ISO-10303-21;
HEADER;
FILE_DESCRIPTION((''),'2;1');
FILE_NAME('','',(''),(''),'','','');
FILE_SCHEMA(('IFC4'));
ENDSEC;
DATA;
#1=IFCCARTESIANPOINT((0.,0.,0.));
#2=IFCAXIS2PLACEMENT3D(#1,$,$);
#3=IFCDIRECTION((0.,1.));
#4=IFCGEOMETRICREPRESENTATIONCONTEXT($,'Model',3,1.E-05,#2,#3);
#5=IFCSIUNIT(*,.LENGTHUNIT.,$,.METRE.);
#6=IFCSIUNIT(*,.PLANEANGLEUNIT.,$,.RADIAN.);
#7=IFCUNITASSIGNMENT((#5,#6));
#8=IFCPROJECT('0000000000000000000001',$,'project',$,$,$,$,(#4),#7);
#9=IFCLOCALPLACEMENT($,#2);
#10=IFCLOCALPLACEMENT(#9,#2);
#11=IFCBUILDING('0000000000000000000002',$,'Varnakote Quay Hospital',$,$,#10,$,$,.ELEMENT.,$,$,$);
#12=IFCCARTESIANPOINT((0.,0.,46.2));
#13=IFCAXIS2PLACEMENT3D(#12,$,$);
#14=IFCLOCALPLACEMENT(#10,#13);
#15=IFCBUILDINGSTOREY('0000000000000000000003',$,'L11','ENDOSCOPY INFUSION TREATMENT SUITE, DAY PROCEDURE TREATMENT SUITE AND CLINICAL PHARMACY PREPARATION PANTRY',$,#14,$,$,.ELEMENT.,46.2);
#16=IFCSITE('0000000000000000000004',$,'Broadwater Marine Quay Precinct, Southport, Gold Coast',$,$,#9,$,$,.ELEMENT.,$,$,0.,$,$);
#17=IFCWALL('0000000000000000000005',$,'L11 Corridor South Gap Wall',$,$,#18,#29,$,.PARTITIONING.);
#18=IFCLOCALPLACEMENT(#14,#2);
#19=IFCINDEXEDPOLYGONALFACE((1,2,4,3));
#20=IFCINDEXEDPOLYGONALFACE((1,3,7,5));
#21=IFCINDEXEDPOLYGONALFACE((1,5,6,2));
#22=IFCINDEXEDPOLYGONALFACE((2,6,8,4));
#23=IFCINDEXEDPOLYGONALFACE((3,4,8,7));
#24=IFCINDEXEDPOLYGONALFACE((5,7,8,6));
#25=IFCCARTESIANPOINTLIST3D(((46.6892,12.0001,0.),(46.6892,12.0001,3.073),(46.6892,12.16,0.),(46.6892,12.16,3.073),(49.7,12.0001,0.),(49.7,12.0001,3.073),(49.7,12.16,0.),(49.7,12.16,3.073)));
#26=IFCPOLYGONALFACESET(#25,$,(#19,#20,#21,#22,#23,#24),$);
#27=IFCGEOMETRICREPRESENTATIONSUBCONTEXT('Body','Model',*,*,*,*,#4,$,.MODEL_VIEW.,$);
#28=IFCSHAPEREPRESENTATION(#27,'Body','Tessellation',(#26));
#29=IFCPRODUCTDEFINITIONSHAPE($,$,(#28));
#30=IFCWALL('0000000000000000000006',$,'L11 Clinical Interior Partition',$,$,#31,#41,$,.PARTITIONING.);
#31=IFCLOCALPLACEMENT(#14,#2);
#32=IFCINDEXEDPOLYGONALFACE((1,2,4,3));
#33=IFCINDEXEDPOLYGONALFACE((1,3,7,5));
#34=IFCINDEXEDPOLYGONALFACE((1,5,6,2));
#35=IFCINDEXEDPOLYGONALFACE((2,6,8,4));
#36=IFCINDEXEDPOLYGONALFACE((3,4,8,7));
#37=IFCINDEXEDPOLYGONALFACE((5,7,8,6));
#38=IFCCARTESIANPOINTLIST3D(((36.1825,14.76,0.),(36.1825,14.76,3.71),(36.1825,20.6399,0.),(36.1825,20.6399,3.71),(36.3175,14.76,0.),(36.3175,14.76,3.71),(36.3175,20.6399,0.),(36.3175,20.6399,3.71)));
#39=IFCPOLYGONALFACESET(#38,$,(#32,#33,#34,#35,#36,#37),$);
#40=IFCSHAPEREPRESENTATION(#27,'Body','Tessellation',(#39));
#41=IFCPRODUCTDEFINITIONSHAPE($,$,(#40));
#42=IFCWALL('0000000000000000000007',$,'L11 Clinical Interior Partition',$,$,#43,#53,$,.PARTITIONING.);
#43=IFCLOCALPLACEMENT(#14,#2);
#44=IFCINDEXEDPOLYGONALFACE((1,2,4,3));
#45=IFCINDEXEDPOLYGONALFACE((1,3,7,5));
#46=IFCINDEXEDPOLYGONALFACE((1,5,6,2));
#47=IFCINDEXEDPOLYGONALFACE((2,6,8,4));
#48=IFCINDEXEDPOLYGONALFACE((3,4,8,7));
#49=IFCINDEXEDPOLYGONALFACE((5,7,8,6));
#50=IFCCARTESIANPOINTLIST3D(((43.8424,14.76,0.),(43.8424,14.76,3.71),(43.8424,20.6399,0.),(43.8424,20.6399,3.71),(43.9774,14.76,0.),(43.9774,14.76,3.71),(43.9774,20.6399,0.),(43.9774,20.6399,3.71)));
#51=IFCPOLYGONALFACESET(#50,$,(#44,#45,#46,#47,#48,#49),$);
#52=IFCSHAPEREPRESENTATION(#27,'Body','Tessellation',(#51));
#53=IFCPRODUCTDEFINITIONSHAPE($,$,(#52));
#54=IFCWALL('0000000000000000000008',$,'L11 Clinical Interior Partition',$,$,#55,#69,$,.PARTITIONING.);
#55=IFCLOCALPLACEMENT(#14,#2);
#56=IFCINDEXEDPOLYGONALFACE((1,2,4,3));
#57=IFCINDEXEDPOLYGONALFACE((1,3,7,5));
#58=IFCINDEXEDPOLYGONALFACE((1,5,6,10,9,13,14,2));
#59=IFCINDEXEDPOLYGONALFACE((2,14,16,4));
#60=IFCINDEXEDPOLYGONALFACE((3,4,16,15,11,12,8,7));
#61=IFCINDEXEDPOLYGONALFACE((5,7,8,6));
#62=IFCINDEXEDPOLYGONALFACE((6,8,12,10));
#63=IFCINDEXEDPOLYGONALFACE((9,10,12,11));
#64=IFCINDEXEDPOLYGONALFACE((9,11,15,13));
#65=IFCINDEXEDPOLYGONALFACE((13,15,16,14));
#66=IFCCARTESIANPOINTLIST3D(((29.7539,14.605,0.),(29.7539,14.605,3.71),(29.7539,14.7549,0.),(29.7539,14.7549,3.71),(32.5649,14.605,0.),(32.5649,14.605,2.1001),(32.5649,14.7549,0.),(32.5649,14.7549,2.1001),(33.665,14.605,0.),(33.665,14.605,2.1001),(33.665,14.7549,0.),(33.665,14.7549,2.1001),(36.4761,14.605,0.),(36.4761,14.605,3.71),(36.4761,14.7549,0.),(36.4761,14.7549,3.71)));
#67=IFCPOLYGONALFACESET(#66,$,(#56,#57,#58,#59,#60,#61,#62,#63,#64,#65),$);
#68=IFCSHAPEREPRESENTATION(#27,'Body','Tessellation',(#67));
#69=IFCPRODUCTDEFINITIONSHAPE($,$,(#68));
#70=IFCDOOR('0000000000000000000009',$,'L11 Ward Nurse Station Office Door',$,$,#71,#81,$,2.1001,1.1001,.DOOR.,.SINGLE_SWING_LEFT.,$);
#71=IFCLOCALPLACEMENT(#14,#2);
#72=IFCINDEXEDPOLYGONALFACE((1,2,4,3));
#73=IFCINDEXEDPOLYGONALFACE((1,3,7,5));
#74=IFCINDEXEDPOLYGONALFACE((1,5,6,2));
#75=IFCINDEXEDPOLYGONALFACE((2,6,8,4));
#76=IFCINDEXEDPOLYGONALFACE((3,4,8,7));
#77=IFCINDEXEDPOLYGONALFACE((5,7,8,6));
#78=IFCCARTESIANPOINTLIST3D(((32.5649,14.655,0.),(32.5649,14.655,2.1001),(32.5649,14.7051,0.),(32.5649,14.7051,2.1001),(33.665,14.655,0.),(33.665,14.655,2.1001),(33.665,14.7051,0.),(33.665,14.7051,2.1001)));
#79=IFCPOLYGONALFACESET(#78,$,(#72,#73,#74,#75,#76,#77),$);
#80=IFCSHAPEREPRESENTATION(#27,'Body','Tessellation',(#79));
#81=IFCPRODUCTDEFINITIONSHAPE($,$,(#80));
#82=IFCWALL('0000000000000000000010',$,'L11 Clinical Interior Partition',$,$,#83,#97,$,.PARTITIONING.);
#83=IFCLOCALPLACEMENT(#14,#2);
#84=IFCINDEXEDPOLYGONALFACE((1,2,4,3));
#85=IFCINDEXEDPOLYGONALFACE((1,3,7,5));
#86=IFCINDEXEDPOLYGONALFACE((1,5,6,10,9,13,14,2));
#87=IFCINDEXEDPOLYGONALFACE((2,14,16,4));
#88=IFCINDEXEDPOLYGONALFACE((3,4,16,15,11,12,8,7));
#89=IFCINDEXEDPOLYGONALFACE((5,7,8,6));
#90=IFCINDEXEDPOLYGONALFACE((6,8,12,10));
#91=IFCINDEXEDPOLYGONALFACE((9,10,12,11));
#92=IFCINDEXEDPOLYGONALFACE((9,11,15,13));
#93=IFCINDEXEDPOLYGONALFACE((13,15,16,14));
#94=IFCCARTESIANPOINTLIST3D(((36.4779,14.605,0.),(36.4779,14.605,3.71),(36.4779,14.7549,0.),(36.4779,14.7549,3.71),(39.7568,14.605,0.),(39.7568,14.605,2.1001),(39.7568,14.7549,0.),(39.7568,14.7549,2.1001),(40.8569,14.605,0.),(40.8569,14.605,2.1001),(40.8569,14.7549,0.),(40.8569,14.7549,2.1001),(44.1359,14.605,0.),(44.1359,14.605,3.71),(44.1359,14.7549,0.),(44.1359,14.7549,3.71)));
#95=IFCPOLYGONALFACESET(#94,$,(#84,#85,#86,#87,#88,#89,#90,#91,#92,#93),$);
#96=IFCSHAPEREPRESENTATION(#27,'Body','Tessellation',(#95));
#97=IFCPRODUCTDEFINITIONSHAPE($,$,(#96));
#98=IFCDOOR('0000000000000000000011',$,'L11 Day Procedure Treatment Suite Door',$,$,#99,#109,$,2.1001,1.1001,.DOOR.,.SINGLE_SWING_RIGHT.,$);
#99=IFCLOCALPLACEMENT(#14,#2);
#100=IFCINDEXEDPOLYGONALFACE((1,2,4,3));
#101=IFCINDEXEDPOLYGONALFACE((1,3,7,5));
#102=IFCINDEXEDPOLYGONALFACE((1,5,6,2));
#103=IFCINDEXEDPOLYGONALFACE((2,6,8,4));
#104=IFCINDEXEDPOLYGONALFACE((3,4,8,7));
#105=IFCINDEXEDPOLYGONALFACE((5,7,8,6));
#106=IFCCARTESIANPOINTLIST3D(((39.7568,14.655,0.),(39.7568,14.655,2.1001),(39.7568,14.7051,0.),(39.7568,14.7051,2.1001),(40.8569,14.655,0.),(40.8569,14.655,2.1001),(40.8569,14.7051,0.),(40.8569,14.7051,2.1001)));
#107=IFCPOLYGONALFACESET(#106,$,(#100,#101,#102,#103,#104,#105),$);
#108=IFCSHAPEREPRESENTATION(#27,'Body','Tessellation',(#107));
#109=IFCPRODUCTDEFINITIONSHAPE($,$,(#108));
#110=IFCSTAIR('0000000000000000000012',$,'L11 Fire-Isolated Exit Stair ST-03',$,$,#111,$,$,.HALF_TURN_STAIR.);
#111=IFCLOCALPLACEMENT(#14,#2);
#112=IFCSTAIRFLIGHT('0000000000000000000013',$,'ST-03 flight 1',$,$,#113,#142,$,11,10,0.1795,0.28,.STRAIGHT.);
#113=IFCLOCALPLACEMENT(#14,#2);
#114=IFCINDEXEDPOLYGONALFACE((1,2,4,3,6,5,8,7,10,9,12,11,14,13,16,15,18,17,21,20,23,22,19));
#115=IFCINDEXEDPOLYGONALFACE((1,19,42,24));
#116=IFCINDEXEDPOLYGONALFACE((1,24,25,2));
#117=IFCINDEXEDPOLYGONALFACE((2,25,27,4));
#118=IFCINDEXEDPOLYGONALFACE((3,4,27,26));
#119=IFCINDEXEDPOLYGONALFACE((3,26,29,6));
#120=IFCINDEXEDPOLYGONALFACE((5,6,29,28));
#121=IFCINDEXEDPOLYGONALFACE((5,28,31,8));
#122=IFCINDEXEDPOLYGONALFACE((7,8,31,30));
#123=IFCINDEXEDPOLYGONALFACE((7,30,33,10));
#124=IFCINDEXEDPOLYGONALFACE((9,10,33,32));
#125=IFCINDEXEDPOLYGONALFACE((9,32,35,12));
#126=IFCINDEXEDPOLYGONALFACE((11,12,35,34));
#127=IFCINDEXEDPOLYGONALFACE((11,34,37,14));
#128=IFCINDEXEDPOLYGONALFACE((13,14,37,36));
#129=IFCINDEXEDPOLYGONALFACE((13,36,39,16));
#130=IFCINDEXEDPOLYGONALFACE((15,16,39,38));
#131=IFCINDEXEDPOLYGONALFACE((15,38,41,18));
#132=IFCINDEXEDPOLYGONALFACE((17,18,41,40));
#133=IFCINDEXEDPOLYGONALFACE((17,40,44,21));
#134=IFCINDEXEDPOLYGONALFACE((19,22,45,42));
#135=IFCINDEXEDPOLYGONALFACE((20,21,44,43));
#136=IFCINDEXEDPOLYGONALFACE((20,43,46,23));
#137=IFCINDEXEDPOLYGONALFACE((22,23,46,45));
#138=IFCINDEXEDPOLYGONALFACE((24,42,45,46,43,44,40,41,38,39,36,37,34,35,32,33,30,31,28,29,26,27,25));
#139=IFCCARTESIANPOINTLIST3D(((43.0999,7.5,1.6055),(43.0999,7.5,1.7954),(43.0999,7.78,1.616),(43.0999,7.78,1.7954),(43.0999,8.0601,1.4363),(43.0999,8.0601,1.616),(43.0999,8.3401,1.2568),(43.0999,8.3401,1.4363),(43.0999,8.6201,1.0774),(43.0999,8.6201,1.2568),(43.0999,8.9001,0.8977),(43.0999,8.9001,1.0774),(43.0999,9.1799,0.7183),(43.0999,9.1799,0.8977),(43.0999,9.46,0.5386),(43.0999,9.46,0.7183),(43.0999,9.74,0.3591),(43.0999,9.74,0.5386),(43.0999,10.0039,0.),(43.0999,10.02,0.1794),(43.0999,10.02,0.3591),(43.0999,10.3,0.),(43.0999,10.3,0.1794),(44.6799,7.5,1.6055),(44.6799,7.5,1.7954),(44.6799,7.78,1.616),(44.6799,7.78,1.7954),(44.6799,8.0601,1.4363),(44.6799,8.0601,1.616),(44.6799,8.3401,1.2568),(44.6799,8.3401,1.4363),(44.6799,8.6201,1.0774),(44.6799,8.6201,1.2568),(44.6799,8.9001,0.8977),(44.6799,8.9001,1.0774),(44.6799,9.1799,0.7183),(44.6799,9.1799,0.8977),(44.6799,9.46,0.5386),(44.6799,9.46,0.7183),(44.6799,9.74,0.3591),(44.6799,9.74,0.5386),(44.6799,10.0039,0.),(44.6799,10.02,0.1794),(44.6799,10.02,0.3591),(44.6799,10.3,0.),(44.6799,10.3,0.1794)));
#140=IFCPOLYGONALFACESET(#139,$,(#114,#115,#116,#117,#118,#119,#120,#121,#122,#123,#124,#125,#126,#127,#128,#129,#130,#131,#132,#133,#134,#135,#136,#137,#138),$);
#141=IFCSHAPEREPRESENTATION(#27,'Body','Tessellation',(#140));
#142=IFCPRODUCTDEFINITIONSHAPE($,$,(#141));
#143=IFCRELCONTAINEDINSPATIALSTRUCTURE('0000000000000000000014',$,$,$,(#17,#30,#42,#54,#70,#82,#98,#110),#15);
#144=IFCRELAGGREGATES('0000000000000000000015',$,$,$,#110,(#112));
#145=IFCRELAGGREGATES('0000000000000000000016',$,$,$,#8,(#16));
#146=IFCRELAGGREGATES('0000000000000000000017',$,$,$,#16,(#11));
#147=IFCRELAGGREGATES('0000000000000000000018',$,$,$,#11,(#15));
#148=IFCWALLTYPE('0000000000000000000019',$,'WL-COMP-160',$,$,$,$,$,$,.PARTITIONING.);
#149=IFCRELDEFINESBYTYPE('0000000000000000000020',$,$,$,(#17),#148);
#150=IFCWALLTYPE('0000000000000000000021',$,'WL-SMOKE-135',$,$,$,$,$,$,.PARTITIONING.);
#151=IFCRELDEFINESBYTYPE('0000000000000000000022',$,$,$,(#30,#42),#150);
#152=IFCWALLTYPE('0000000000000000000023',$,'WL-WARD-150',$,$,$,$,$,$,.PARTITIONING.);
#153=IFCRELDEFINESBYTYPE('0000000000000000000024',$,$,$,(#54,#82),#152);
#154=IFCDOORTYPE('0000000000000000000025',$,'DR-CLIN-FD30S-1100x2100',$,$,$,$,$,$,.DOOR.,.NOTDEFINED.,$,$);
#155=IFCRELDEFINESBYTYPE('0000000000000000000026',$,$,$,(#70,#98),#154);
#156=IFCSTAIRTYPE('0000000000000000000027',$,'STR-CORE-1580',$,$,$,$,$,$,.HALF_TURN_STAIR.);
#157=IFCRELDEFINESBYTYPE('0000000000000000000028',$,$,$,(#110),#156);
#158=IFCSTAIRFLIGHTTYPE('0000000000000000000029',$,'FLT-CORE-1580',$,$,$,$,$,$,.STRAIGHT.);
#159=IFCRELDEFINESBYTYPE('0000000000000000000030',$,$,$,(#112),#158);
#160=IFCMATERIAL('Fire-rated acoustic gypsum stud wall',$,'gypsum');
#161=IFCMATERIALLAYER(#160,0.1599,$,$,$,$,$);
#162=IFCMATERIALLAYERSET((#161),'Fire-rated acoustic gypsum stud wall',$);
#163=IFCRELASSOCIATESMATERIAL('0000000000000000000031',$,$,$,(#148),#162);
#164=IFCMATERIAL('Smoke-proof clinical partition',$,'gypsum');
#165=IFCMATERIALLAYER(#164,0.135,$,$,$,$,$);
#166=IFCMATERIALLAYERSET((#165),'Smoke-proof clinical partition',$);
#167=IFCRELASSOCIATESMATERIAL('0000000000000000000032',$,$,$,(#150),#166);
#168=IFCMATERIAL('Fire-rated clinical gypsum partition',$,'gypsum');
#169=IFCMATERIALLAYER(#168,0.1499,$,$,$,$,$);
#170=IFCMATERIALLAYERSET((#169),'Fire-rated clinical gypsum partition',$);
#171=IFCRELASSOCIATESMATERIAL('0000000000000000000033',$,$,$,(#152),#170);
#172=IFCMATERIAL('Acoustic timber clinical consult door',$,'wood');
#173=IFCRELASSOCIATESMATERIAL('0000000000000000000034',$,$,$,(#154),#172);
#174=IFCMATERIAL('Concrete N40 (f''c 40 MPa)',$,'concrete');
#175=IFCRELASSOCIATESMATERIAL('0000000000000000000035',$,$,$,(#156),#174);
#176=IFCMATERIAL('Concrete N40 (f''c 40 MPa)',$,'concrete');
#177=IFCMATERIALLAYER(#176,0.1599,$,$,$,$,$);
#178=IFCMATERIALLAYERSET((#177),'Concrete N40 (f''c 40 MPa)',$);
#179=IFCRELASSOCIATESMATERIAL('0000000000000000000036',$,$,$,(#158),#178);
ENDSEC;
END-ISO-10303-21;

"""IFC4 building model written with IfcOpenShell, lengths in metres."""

from ifc_helpers import new_model, si_unit, direction, frame, frame_2d, origin, place, context, subcontext, project, spatial, polyline, rectangle, outline, extrude, material, layer, layer_set, type_object, element, fill, aggregate, save


model = new_model("IFC4")

# Units and contexts
model_context = context("Model", 3, precision=1e-05, world=origin(), true_north=direction((0.0, 1.0)))
body_context = subcontext(model_context, "Body", "Model", "MODEL_VIEW")
ifc_project = project(units=[si_unit("LENGTHUNIT", "METRE"), si_unit("PLANEANGLEUNIT", "RADIAN")], contexts=[model_context])

# Site, building, storey
site_placement = place(None, origin())
site = spatial("IfcSite", under=ifc_project, at=site_placement, Name="Broadwater Marine Quay Precinct, Southport, Gold Coast", CompositionType="ELEMENT", RefElevation=0.0)
building_placement = place(site_placement, origin())
building = spatial("IfcBuilding", under=site, at=building_placement, Name="Varnakote Quay Hospital", CompositionType="ELEMENT")
storey_placement = place(building_placement, frame((0.0, 0.0, 46.2)))
storey = spatial("IfcBuildingStorey", under=building, at=storey_placement, Name="L11", Description="ENDOSCOPY INFUSION TREATMENT SUITE, DAY PROCEDURE TREATMENT SUITE AND CLINICAL PHARMACY PREPARATION PANTRY", CompositionType="ELEMENT", Elevation=46.2)

# Wall
ifc_material_1 = material(Name="Fire-rated acoustic gypsum stud wall", Category="gypsum")
ifc_layer_1 = layer(ifc_material_1, 0.1599)
ifc_layer_set_1 = layer_set([ifc_layer_1], Name="Fire-rated acoustic gypsum stud wall")
wall_type_1 = type_object("IfcWallType", Name="WL-COMP-160", PredefinedType="PARTITIONING", material=ifc_layer_set_1)
wall_1_placement = place(storey_placement, frame((46.6892, 12.0801, 0.0), z_axis=(0.0, 0.0, 1.0), x_axis=(1.0, 0.0, 0.0)))
element("IfcWall", 1, at=wall_1_placement, inside=storey, type_object=wall_type_1, Name="L11 Corridor South Gap Wall", PredefinedType="PARTITIONING", context=body_context, shape_type="SweptSolid", body=[
    extrude(rectangle(XDim=3.0107, YDim=0.1599, at=frame_2d((1.5054, 0.0))), origin(), (0.0, 0.0, 1.0), 3.073),
])

# Walls
ifc_material_2 = material(Name="Smoke-proof clinical partition", Category="gypsum")
ifc_layer_2 = layer(ifc_material_2, 0.135)
ifc_layer_set_2 = layer_set([ifc_layer_2], Name="Smoke-proof clinical partition")
wall_type_2 = type_object("IfcWallType", Name="WL-SMOKE-135", PredefinedType="PARTITIONING", material=ifc_layer_set_2)
for number, where, z_axis, x_axis, name in (
    (2, (36.25, 14.76, 0.0), (0.0, 0.0, 1.0), (0.0, 1.0, 0.0), "L11 Clinical Interior Partition"),
    (3, (43.9099, 14.76, 0.0), (0.0, 0.0, 1.0), (0.0, 1.0, 0.0), "L11 Clinical Interior Partition"),
):
    element("IfcWall", number, at=place(storey_placement, frame(where, z_axis=z_axis, x_axis=x_axis)), inside=storey, type_object=wall_type_2, Name=name, PredefinedType="PARTITIONING", context=body_context, shape_type="SweptSolid", body=[
        extrude(rectangle(XDim=5.8799, YDim=0.135, at=frame_2d((2.9399, 0.0))), origin(), (0.0, 0.0, 1.0), 3.71),
    ])

# Walls, openings, doors
ifc_material_3 = material(Name="Fire-rated clinical gypsum partition", Category="gypsum")
ifc_layer_3 = layer(ifc_material_3, 0.1499)
ifc_layer_set_3 = layer_set([ifc_layer_3], Name="Fire-rated clinical gypsum partition")
wall_type_3 = type_object("IfcWallType", Name="WL-WARD-150", PredefinedType="PARTITIONING", material=ifc_layer_set_3)
wall_2_placement = place(storey_placement, frame((36.4761, 14.6799, 0.0), z_axis=(0.0, 0.0, 1.0), x_axis=(-1.0, 0.0, 0.0)))
wall_2 = element("IfcWall", 4, at=wall_2_placement, inside=storey, type_object=wall_type_3, Name="L11 Clinical Interior Partition", PredefinedType="PARTITIONING", context=body_context, shape_type="SweptSolid", body=[
    extrude(rectangle(XDim=6.7222, YDim=0.1499, at=frame_2d((3.3611, 0.0))), origin(), (0.0, 0.0, 1.0), 3.71),
])
opening_1_placement = place(wall_2_placement, frame((2.811, 0.0, 0.0)))
opening_1 = element("IfcOpeningElement", 5, at=opening_1_placement, cuts=wall_2, PredefinedType="OPENING", context=body_context, shape_type="SweptSolid", body=[
    extrude(rectangle(XDim=1.1001, YDim=2.1001, at=frame_2d((0.55, 1.05))), frame((0.0, 0.085, 0.0), z_axis=(0.0, -1.0, 0.0), x_axis=(1.0, 0.0, 0.0)), (0.0, 0.0, 1.0), 0.1699),
])
ifc_material_4 = material(Name="Acoustic timber clinical consult door", Category="wood")
door_type_1 = type_object("IfcDoorType", Name="DR-CLIN-FD30S-1100x2100", OperationType="NOTDEFINED", PredefinedType="DOOR", material=ifc_material_4)
door_1_placement = place(opening_1_placement, origin())
door_1 = element("IfcDoor", 6, at=door_1_placement, inside=storey, type_object=door_type_1, Name="L11 Ward Nurse Station Office Door", OperationType="SINGLE_SWING_LEFT", OverallHeight=2.1001, OverallWidth=1.1001, PredefinedType="DOOR", context=body_context, shape_type="SweptSolid", body=[
    extrude(rectangle(XDim=1.1001, YDim=2.1001, at=frame_2d((0.55, 1.05))), frame((0.0, 0.0249, 0.0), z_axis=(0.0, -1.0, 0.0), x_axis=(1.0, 0.0, 0.0)), (0.0, 0.0, 1.0), 0.05),
])
fill(opening_1, door_1)
wall_3_placement = place(storey_placement, frame((44.136, 14.6799, 0.0), z_axis=(0.0, 0.0, 1.0), x_axis=(-1.0, 0.0, 0.0)))
wall_3 = element("IfcWall", 7, at=wall_3_placement, inside=storey, type_object=wall_type_3, Name="L11 Clinical Interior Partition", PredefinedType="PARTITIONING", context=body_context, shape_type="SweptSolid", body=[
    extrude(rectangle(XDim=7.658, YDim=0.1499, at=frame_2d((3.8291, 0.0))), origin(), (0.0, 0.0, 1.0), 3.71),
])
opening_2_placement = place(wall_3_placement, frame((3.2791, 0.0, 0.0)))
opening_2 = element("IfcOpeningElement", 8, at=opening_2_placement, cuts=wall_3, PredefinedType="OPENING", context=body_context, shape_type="SweptSolid", body=[
    extrude(rectangle(XDim=1.1001, YDim=2.1001, at=frame_2d((0.55, 1.05))), frame((0.0, 0.085, 0.0), z_axis=(0.0, -1.0, 0.0), x_axis=(1.0, 0.0, 0.0)), (0.0, 0.0, 1.0), 0.1699),
])
door_2_placement = place(opening_2_placement, origin())
door_2 = element("IfcDoor", 9, at=door_2_placement, inside=storey, type_object=door_type_1, Name="L11 Day Procedure Treatment Suite Door", OperationType="SINGLE_SWING_RIGHT", OverallHeight=2.1001, OverallWidth=1.1001, PredefinedType="DOOR", context=body_context, shape_type="SweptSolid", body=[
    extrude(rectangle(XDim=1.1001, YDim=2.1001, at=frame_2d((0.55, 1.05))), frame((0.0, 0.0249, 0.0), z_axis=(0.0, -1.0, 0.0), x_axis=(1.0, 0.0, 0.0)), (0.0, 0.0, 1.0), 0.05),
])
fill(opening_2, door_2)

# Stair, stair flight
ifc_material_5 = material(Name="Concrete N40 (f'c 40 MPa)", Category="concrete")
stair_type = type_object("IfcStairType", Name="STR-CORE-1580", PredefinedType="HALF_TURN_STAIR", material=ifc_material_5)
stair_placement = place(storey_placement, origin())
stair = element("IfcStair", 10, at=stair_placement, inside=storey, type_object=stair_type, Name="L11 Fire-Isolated Exit Stair ST-03", PredefinedType="HALF_TURN_STAIR")
ifc_material_6 = material(Name="Concrete N40 (f'c 40 MPa)", Category="concrete")
ifc_layer_4 = layer(ifc_material_6, 0.1599)
ifc_layer_set_4 = layer_set([ifc_layer_4], Name="Concrete N40 (f'c 40 MPa)")
stair_flight_type = type_object("IfcStairFlightType", Name="FLT-CORE-1580", PredefinedType="STRAIGHT", material=ifc_layer_set_4)
stair_flight_placement = place(storey_placement, frame((43.8899, 10.3, 0.0), z_axis=(0.0, 0.0, 1.0), x_axis=(0.0, -1.0, 0.0)))
stair_flight = element("IfcStairFlight", 11, at=stair_flight_placement, type_object=stair_flight_type, Name="ST-03 flight 1", NumberOfRisers=11, NumberOfTreads=10, PredefinedType="STRAIGHT", RiserHeight=0.1795, TreadLength=0.28, context=body_context, shape_type="SweptSolid", body=[
    extrude(outline(polyline([(0.0, 0.0), (0.0, 0.1794), (0.28, 0.1794), (0.28, 0.3591), (0.5601, 0.3591), (0.5601, 0.5386), (0.8401, 0.5386), (0.8401, 0.7183), (1.1201, 0.7183), (1.1201, 0.8977), (1.3999, 0.8977), (1.3999, 1.0774), (1.6799, 1.0774), (1.6799, 1.2568), (1.96, 1.2568), (1.96, 1.4363), (2.24, 1.4363), (2.24, 1.616), (2.52, 1.616), (2.52, 1.7954), (2.8, 1.7954), (2.8, 1.9751), (2.8, 1.6055), (0.2961, 0.0), (0.0, 0.0)])), frame((0.0, 0.79, 0.0), z_axis=(0.0, -1.0, 0.0), x_axis=(1.0, 0.0, 0.0)), (0.0, 0.0, 1.0), 1.5801),
])
aggregate(stair, [stair_flight])

save(model, "model.ifc")
